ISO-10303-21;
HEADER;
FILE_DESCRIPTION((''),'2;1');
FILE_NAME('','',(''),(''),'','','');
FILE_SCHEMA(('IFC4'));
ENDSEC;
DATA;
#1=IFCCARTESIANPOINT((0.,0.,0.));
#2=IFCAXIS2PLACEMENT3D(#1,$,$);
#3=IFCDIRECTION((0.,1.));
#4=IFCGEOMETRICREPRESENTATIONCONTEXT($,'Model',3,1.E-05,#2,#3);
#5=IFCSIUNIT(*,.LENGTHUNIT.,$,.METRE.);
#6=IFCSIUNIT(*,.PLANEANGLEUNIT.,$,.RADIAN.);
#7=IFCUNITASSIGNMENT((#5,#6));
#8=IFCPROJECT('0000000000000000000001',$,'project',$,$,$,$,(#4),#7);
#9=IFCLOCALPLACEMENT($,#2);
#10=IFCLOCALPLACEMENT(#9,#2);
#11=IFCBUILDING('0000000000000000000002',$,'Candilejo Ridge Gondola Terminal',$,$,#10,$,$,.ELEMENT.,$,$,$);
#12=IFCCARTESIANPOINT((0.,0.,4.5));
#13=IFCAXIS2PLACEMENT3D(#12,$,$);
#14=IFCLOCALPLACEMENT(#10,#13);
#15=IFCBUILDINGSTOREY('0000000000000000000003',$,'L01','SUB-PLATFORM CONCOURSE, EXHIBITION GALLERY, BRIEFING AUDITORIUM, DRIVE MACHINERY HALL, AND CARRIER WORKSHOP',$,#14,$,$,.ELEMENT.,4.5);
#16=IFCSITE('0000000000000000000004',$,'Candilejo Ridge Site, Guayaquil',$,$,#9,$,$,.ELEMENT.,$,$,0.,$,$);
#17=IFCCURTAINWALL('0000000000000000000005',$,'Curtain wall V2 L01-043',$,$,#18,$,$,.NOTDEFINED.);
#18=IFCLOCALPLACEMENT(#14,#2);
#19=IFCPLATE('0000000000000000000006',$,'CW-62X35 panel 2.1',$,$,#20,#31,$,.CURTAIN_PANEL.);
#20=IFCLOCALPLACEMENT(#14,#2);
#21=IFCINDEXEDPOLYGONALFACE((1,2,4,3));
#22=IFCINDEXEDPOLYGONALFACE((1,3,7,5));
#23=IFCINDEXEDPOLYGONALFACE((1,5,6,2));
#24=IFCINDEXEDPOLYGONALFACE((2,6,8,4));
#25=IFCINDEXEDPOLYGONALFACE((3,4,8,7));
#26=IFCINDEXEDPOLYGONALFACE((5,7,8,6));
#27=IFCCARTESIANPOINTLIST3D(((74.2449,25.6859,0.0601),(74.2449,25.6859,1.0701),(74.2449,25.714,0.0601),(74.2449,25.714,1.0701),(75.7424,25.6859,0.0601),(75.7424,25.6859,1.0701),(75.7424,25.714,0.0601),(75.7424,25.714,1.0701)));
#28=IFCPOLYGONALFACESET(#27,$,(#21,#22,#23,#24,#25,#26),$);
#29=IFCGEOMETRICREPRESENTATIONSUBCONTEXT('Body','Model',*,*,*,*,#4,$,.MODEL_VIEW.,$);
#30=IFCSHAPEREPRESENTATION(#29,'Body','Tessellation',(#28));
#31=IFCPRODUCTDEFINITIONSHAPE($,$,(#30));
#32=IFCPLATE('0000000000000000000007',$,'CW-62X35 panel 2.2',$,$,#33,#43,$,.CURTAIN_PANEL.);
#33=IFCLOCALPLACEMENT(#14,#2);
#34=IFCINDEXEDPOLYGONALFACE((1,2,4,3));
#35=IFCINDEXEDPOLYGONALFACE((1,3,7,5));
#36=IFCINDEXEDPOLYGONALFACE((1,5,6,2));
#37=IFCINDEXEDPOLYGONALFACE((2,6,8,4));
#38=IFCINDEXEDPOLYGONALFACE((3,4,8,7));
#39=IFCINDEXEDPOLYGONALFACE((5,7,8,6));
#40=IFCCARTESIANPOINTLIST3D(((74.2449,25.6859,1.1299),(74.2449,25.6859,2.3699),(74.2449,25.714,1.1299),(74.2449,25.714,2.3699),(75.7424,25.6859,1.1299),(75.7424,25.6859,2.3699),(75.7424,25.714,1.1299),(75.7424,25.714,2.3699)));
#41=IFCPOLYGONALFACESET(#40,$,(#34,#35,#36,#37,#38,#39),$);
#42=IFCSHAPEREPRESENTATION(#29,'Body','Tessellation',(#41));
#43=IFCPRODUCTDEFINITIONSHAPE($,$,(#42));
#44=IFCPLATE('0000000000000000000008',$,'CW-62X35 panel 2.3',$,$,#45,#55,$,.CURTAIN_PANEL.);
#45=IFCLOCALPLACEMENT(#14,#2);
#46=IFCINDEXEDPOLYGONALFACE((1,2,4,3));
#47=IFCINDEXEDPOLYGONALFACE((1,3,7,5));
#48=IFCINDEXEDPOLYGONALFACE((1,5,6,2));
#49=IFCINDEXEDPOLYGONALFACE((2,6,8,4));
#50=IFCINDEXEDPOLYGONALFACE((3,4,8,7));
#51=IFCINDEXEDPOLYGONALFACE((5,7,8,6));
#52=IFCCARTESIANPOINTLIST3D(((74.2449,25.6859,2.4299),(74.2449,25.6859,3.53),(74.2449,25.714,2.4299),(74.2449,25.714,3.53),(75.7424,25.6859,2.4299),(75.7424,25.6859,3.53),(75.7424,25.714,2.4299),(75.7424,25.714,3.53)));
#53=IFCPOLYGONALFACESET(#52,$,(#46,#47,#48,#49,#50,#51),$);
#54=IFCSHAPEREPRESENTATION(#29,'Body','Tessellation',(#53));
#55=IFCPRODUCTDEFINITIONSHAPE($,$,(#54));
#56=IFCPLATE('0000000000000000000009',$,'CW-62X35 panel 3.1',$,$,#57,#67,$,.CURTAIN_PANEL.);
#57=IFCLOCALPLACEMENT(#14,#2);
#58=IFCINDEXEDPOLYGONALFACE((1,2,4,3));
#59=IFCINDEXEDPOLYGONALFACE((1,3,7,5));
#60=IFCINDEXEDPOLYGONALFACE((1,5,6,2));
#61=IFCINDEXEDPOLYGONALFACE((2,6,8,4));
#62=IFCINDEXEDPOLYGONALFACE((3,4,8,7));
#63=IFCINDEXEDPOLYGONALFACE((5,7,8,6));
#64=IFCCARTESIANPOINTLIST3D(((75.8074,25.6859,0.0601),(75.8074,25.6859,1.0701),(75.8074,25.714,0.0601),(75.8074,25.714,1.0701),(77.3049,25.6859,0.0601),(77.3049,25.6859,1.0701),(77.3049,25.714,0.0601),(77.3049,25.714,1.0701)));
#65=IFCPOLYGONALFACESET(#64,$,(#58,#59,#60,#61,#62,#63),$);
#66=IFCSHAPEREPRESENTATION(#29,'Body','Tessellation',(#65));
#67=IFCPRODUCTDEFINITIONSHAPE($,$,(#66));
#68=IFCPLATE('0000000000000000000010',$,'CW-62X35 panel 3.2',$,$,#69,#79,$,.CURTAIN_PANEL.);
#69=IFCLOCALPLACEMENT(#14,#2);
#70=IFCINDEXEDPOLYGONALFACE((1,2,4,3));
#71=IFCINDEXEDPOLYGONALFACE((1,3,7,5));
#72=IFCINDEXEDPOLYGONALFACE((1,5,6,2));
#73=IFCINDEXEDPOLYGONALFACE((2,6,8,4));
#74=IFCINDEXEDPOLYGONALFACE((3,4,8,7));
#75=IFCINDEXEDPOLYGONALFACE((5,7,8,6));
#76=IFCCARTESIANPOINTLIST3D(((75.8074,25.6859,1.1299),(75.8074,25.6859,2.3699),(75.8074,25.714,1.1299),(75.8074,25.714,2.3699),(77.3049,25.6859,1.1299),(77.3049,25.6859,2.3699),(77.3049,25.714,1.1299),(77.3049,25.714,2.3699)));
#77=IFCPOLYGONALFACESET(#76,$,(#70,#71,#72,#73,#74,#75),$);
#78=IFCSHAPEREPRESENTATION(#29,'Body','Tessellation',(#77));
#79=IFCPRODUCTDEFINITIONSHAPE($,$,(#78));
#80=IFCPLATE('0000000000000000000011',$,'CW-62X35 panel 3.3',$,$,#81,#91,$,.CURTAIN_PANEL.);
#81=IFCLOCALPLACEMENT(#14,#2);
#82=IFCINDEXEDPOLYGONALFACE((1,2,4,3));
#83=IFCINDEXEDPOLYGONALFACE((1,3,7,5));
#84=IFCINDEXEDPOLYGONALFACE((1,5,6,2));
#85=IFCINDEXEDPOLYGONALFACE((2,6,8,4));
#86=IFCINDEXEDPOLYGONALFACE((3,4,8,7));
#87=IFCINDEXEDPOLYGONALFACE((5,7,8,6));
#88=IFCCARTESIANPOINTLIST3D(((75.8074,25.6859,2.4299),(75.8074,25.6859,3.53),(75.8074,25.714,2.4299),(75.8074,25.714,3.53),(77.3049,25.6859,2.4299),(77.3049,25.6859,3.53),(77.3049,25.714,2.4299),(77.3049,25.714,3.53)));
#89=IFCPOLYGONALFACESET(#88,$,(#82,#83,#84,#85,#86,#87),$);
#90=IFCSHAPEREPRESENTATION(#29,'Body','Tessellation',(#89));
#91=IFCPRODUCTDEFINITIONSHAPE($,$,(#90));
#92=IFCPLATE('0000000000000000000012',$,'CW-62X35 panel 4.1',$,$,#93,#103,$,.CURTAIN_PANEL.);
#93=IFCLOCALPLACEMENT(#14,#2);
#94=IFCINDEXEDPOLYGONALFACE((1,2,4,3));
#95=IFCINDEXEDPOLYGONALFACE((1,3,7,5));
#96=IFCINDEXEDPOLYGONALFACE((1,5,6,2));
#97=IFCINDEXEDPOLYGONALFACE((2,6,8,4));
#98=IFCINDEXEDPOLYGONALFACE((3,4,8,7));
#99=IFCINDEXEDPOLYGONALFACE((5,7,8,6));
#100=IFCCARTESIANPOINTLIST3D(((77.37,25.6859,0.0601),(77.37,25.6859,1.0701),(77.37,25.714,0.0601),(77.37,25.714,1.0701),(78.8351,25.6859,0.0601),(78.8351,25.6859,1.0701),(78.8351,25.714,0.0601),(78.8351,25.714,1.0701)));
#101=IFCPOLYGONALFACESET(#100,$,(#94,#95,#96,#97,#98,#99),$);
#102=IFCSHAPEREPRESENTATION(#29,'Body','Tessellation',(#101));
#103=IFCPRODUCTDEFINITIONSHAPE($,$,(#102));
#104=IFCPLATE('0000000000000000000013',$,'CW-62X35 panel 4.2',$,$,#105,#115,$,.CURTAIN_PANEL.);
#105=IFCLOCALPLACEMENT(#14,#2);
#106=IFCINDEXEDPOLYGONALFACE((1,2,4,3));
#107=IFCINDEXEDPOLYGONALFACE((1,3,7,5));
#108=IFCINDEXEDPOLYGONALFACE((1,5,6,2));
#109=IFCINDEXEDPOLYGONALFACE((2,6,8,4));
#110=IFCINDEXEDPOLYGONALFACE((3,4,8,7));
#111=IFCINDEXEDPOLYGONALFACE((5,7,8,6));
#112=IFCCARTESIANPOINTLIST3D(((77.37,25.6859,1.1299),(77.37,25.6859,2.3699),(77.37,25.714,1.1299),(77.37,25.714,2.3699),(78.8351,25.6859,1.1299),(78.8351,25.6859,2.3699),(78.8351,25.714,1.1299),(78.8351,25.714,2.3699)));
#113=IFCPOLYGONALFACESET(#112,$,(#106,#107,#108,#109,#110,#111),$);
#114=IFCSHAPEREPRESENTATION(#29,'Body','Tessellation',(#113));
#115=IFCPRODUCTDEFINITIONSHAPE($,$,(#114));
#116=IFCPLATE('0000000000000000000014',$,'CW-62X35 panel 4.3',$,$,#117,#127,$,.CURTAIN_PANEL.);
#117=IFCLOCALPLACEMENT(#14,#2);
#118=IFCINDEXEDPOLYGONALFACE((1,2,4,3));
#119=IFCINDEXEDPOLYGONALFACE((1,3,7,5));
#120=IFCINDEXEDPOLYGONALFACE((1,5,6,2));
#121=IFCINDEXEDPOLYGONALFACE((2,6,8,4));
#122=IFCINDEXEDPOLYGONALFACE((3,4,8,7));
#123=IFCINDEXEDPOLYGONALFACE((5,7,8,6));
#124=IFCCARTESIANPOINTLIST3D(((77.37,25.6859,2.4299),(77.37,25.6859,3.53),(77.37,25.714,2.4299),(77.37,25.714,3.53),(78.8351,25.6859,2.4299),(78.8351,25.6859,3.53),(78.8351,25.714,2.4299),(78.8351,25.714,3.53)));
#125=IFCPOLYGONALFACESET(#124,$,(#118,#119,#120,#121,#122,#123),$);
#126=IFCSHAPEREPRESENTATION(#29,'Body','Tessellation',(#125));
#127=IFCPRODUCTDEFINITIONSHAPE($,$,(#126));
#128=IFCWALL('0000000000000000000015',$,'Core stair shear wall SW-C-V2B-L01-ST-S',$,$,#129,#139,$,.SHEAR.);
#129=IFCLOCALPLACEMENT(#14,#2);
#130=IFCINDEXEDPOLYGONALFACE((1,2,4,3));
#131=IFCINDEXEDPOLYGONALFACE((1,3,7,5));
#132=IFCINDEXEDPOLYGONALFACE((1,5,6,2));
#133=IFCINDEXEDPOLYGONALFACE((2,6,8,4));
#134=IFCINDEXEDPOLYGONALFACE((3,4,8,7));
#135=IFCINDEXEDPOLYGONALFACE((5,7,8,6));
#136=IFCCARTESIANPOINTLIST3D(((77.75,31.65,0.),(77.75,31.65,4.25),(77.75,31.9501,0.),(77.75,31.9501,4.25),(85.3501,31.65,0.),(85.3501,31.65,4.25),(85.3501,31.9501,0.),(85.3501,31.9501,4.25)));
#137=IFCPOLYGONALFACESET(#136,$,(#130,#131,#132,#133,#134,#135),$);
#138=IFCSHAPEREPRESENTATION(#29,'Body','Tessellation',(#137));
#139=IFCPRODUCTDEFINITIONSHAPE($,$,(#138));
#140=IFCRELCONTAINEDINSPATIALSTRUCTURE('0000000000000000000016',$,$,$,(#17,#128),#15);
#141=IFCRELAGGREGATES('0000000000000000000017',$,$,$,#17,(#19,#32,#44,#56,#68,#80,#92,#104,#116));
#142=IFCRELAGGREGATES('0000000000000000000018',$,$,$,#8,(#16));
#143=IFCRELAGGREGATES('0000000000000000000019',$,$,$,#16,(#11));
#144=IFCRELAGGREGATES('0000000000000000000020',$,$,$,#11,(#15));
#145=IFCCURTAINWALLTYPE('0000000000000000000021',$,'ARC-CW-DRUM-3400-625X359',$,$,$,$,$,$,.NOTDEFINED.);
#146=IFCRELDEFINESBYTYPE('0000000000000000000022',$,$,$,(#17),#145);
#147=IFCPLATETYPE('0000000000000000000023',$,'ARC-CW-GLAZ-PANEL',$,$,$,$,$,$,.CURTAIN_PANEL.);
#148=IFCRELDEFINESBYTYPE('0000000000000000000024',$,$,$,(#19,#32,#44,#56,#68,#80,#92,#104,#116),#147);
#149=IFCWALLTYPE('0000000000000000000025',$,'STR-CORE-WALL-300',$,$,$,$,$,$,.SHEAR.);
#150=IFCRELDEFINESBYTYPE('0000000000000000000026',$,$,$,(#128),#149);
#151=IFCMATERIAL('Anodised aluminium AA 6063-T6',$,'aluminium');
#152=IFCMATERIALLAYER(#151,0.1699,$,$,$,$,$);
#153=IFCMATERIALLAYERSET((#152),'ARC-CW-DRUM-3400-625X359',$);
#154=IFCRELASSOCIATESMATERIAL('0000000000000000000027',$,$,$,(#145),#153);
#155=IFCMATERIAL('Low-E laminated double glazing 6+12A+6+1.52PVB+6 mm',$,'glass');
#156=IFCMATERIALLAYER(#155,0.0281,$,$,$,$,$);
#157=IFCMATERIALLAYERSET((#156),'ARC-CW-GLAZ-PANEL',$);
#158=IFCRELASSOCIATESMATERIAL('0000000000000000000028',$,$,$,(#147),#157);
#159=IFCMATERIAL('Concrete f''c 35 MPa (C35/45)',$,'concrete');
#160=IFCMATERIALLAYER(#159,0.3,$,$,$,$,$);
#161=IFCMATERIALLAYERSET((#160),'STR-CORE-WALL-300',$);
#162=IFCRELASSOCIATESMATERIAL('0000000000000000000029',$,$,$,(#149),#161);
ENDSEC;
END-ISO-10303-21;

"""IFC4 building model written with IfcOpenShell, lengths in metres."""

from ifc_helpers import new_model, si_unit, direction, frame, frame_2d, origin, origin_2d, place, context, subcontext, project, spatial, rectangle, extrude, material, layer, layer_set, type_object, element, aggregate, save


model = new_model("IFC4")

# Units and contexts
model_context = context("Model", 3, precision=1e-05, world=origin(), true_north=direction((0.0, 1.0)))
body_context = subcontext(model_context, "Body", "Model", "MODEL_VIEW")
ifc_project = project(units=[si_unit("LENGTHUNIT", "METRE"), si_unit("PLANEANGLEUNIT", "RADIAN")], contexts=[model_context])

# Site, building, storey
site_placement = place(None, origin())
site = spatial("IfcSite", under=ifc_project, at=site_placement, Name="Candilejo Ridge Site, Guayaquil", CompositionType="ELEMENT", RefElevation=0.0)
building_placement = place(site_placement, origin())
building = spatial("IfcBuilding", under=site, at=building_placement, Name="Candilejo Ridge Gondola Terminal", CompositionType="ELEMENT")
storey_placement = place(building_placement, frame((0.0, 0.0, 4.5)))
storey = spatial("IfcBuildingStorey", under=building, at=storey_placement, Name="L01", Description="SUB-PLATFORM CONCOURSE, EXHIBITION GALLERY, BRIEFING AUDITORIUM, DRIVE MACHINERY HALL, AND CARRIER WORKSHOP", CompositionType="ELEMENT", Elevation=4.5)

# Curtain wall
ifc_material_1 = material(Name="Anodised aluminium AA 6063-T6", Category="aluminium")
ifc_layer_1 = layer(ifc_material_1, 0.1699)
ifc_layer_set_1 = layer_set([ifc_layer_1], Name="ARC-CW-DRUM-3400-625X359")
curtain_wall_type = type_object("IfcCurtainWallType", Name="ARC-CW-DRUM-3400-625X359", PredefinedType="NOTDEFINED", material=ifc_layer_set_1)
curtain_wall_placement = place(storey_placement, origin())
curtain_wall = element("IfcCurtainWall", 1, at=curtain_wall_placement, inside=storey, type_object=curtain_wall_type, Name="Curtain wall V2 L01-043", PredefinedType="NOTDEFINED")

# Plates
ifc_material_2 = material(Name="Low-E laminated double glazing 6+12A+6+1.52PVB+6 mm", Category="glass")
ifc_layer_2 = layer(ifc_material_2, 0.0281)
ifc_layer_set_2 = layer_set([ifc_layer_2], Name="ARC-CW-GLAZ-PANEL")
plate_type = type_object("IfcPlateType", Name="ARC-CW-GLAZ-PANEL", PredefinedType="CURTAIN_PANEL", material=ifc_layer_set_2)
plate_1_placement = place(storey_placement, frame((74.9937, 25.7, 0.0601), z_axis=(0.0, 0.0, 1.0), x_axis=(1.0, 0.0, 0.0)))
plate_1 = element("IfcPlate", 2, at=plate_1_placement, type_object=plate_type, Name="CW-62X35 panel 2.1", PredefinedType="CURTAIN_PANEL", context=body_context, shape_type="SweptSolid", body=[
    extrude(rectangle(XDim=1.4976, YDim=0.0281, at=origin_2d()), origin(), (0.0, 0.0, 1.0), 1.01),
])
plate_2_placement = place(storey_placement, frame((74.9937, 25.7, 1.1299), z_axis=(0.0, 0.0, 1.0), x_axis=(1.0, 0.0, 0.0)))
plate_2 = element("IfcPlate", 3, at=plate_2_placement, type_object=plate_type, Name="CW-62X35 panel 2.2", PredefinedType="CURTAIN_PANEL", context=body_context, shape_type="SweptSolid", body=[
    extrude(rectangle(XDim=1.4976, YDim=0.0281, at=origin_2d()), origin(), (0.0, 0.0, 1.0), 1.24),
])
plate_3_placement = place(storey_placement, frame((74.9937, 25.7, 2.4299), z_axis=(0.0, 0.0, 1.0), x_axis=(1.0, 0.0, 0.0)))
plate_3 = element("IfcPlate", 4, at=plate_3_placement, type_object=plate_type, Name="CW-62X35 panel 2.3", PredefinedType="CURTAIN_PANEL", context=body_context, shape_type="SweptSolid", body=[
    extrude(rectangle(XDim=1.4976, YDim=0.0281, at=origin_2d()), origin(), (0.0, 0.0, 1.0), 1.1001),
])
plate_4_placement = place(storey_placement, frame((76.5562, 25.7, 0.0601), z_axis=(0.0, 0.0, 1.0), x_axis=(1.0, 0.0, 0.0)))
plate_4 = element("IfcPlate", 5, at=plate_4_placement, type_object=plate_type, Name="CW-62X35 panel 3.1", PredefinedType="CURTAIN_PANEL", context=body_context, shape_type="SweptSolid", body=[
    extrude(rectangle(XDim=1.4976, YDim=0.0281, at=origin_2d()), origin(), (0.0, 0.0, 1.0), 1.01),
])
plate_5_placement = place(storey_placement, frame((76.5562, 25.7, 1.1299), z_axis=(0.0, 0.0, 1.0), x_axis=(1.0, 0.0, 0.0)))
plate_5 = element("IfcPlate", 6, at=plate_5_placement, type_object=plate_type, Name="CW-62X35 panel 3.2", PredefinedType="CURTAIN_PANEL", context=body_context, shape_type="SweptSolid", body=[
    extrude(rectangle(XDim=1.4976, YDim=0.0281, at=origin_2d()), origin(), (0.0, 0.0, 1.0), 1.24),
])
plate_6_placement = place(storey_placement, frame((76.5562, 25.7, 2.4299), z_axis=(0.0, 0.0, 1.0), x_axis=(1.0, 0.0, 0.0)))
plate_6 = element("IfcPlate", 7, at=plate_6_placement, type_object=plate_type, Name="CW-62X35 panel 3.3", PredefinedType="CURTAIN_PANEL", context=body_context, shape_type="SweptSolid", body=[
    extrude(rectangle(XDim=1.4976, YDim=0.0281, at=origin_2d()), origin(), (0.0, 0.0, 1.0), 1.1001),
])
plate_7_placement = place(storey_placement, frame((78.1025, 25.7, 0.0601), z_axis=(0.0, 0.0, 1.0), x_axis=(1.0, 0.0, 0.0)))
plate_7 = element("IfcPlate", 8, at=plate_7_placement, type_object=plate_type, Name="CW-62X35 panel 4.1", PredefinedType="CURTAIN_PANEL", context=body_context, shape_type="SweptSolid", body=[
    extrude(rectangle(XDim=1.4651, YDim=0.0281, at=origin_2d()), origin(), (0.0, 0.0, 1.0), 1.01),
])
plate_8_placement = place(storey_placement, frame((78.1025, 25.7, 1.1299), z_axis=(0.0, 0.0, 1.0), x_axis=(1.0, 0.0, 0.0)))
plate_8 = element("IfcPlate", 9, at=plate_8_placement, type_object=plate_type, Name="CW-62X35 panel 4.2", PredefinedType="CURTAIN_PANEL", context=body_context, shape_type="SweptSolid", body=[
    extrude(rectangle(XDim=1.4651, YDim=0.0281, at=origin_2d()), origin(), (0.0, 0.0, 1.0), 1.24),
])
plate_9_placement = place(storey_placement, frame((78.1025, 25.7, 2.4299), z_axis=(0.0, 0.0, 1.0), x_axis=(1.0, 0.0, 0.0)))
plate_9 = element("IfcPlate", 10, at=plate_9_placement, type_object=plate_type, Name="CW-62X35 panel 4.3", PredefinedType="CURTAIN_PANEL", context=body_context, shape_type="SweptSolid", body=[
    extrude(rectangle(XDim=1.4651, YDim=0.0281, at=origin_2d()), origin(), (0.0, 0.0, 1.0), 1.1001),
])
aggregate(curtain_wall, [plate_1, plate_2, plate_3, plate_4, plate_5, plate_6, plate_7, plate_8, plate_9])

# Wall
ifc_material_3 = material(Name="Concrete f'c 35 MPa (C35/45)", Category="concrete")
ifc_layer_3 = layer(ifc_material_3, 0.3)
ifc_layer_set_3 = layer_set([ifc_layer_3], Name="STR-CORE-WALL-300")
wall_type = type_object("IfcWallType", Name="STR-CORE-WALL-300", PredefinedType="SHEAR", material=ifc_layer_set_3)
wall_placement = place(storey_placement, frame((77.75, 31.8, 0.0), z_axis=(0.0, 0.0, 1.0), x_axis=(1.0, 0.0, 0.0)))
element("IfcWall", 11, at=wall_placement, inside=storey, type_object=wall_type, Name="Core stair shear wall SW-C-V2B-L01-ST-S", PredefinedType="SHEAR", context=body_context, shape_type="SweptSolid", body=[
    extrude(rectangle(XDim=7.6001, YDim=0.3, at=frame_2d((3.8, 0.0))), origin(), (0.0, 0.0, 1.0), 4.25),
])

save(model, "model.ifc")
